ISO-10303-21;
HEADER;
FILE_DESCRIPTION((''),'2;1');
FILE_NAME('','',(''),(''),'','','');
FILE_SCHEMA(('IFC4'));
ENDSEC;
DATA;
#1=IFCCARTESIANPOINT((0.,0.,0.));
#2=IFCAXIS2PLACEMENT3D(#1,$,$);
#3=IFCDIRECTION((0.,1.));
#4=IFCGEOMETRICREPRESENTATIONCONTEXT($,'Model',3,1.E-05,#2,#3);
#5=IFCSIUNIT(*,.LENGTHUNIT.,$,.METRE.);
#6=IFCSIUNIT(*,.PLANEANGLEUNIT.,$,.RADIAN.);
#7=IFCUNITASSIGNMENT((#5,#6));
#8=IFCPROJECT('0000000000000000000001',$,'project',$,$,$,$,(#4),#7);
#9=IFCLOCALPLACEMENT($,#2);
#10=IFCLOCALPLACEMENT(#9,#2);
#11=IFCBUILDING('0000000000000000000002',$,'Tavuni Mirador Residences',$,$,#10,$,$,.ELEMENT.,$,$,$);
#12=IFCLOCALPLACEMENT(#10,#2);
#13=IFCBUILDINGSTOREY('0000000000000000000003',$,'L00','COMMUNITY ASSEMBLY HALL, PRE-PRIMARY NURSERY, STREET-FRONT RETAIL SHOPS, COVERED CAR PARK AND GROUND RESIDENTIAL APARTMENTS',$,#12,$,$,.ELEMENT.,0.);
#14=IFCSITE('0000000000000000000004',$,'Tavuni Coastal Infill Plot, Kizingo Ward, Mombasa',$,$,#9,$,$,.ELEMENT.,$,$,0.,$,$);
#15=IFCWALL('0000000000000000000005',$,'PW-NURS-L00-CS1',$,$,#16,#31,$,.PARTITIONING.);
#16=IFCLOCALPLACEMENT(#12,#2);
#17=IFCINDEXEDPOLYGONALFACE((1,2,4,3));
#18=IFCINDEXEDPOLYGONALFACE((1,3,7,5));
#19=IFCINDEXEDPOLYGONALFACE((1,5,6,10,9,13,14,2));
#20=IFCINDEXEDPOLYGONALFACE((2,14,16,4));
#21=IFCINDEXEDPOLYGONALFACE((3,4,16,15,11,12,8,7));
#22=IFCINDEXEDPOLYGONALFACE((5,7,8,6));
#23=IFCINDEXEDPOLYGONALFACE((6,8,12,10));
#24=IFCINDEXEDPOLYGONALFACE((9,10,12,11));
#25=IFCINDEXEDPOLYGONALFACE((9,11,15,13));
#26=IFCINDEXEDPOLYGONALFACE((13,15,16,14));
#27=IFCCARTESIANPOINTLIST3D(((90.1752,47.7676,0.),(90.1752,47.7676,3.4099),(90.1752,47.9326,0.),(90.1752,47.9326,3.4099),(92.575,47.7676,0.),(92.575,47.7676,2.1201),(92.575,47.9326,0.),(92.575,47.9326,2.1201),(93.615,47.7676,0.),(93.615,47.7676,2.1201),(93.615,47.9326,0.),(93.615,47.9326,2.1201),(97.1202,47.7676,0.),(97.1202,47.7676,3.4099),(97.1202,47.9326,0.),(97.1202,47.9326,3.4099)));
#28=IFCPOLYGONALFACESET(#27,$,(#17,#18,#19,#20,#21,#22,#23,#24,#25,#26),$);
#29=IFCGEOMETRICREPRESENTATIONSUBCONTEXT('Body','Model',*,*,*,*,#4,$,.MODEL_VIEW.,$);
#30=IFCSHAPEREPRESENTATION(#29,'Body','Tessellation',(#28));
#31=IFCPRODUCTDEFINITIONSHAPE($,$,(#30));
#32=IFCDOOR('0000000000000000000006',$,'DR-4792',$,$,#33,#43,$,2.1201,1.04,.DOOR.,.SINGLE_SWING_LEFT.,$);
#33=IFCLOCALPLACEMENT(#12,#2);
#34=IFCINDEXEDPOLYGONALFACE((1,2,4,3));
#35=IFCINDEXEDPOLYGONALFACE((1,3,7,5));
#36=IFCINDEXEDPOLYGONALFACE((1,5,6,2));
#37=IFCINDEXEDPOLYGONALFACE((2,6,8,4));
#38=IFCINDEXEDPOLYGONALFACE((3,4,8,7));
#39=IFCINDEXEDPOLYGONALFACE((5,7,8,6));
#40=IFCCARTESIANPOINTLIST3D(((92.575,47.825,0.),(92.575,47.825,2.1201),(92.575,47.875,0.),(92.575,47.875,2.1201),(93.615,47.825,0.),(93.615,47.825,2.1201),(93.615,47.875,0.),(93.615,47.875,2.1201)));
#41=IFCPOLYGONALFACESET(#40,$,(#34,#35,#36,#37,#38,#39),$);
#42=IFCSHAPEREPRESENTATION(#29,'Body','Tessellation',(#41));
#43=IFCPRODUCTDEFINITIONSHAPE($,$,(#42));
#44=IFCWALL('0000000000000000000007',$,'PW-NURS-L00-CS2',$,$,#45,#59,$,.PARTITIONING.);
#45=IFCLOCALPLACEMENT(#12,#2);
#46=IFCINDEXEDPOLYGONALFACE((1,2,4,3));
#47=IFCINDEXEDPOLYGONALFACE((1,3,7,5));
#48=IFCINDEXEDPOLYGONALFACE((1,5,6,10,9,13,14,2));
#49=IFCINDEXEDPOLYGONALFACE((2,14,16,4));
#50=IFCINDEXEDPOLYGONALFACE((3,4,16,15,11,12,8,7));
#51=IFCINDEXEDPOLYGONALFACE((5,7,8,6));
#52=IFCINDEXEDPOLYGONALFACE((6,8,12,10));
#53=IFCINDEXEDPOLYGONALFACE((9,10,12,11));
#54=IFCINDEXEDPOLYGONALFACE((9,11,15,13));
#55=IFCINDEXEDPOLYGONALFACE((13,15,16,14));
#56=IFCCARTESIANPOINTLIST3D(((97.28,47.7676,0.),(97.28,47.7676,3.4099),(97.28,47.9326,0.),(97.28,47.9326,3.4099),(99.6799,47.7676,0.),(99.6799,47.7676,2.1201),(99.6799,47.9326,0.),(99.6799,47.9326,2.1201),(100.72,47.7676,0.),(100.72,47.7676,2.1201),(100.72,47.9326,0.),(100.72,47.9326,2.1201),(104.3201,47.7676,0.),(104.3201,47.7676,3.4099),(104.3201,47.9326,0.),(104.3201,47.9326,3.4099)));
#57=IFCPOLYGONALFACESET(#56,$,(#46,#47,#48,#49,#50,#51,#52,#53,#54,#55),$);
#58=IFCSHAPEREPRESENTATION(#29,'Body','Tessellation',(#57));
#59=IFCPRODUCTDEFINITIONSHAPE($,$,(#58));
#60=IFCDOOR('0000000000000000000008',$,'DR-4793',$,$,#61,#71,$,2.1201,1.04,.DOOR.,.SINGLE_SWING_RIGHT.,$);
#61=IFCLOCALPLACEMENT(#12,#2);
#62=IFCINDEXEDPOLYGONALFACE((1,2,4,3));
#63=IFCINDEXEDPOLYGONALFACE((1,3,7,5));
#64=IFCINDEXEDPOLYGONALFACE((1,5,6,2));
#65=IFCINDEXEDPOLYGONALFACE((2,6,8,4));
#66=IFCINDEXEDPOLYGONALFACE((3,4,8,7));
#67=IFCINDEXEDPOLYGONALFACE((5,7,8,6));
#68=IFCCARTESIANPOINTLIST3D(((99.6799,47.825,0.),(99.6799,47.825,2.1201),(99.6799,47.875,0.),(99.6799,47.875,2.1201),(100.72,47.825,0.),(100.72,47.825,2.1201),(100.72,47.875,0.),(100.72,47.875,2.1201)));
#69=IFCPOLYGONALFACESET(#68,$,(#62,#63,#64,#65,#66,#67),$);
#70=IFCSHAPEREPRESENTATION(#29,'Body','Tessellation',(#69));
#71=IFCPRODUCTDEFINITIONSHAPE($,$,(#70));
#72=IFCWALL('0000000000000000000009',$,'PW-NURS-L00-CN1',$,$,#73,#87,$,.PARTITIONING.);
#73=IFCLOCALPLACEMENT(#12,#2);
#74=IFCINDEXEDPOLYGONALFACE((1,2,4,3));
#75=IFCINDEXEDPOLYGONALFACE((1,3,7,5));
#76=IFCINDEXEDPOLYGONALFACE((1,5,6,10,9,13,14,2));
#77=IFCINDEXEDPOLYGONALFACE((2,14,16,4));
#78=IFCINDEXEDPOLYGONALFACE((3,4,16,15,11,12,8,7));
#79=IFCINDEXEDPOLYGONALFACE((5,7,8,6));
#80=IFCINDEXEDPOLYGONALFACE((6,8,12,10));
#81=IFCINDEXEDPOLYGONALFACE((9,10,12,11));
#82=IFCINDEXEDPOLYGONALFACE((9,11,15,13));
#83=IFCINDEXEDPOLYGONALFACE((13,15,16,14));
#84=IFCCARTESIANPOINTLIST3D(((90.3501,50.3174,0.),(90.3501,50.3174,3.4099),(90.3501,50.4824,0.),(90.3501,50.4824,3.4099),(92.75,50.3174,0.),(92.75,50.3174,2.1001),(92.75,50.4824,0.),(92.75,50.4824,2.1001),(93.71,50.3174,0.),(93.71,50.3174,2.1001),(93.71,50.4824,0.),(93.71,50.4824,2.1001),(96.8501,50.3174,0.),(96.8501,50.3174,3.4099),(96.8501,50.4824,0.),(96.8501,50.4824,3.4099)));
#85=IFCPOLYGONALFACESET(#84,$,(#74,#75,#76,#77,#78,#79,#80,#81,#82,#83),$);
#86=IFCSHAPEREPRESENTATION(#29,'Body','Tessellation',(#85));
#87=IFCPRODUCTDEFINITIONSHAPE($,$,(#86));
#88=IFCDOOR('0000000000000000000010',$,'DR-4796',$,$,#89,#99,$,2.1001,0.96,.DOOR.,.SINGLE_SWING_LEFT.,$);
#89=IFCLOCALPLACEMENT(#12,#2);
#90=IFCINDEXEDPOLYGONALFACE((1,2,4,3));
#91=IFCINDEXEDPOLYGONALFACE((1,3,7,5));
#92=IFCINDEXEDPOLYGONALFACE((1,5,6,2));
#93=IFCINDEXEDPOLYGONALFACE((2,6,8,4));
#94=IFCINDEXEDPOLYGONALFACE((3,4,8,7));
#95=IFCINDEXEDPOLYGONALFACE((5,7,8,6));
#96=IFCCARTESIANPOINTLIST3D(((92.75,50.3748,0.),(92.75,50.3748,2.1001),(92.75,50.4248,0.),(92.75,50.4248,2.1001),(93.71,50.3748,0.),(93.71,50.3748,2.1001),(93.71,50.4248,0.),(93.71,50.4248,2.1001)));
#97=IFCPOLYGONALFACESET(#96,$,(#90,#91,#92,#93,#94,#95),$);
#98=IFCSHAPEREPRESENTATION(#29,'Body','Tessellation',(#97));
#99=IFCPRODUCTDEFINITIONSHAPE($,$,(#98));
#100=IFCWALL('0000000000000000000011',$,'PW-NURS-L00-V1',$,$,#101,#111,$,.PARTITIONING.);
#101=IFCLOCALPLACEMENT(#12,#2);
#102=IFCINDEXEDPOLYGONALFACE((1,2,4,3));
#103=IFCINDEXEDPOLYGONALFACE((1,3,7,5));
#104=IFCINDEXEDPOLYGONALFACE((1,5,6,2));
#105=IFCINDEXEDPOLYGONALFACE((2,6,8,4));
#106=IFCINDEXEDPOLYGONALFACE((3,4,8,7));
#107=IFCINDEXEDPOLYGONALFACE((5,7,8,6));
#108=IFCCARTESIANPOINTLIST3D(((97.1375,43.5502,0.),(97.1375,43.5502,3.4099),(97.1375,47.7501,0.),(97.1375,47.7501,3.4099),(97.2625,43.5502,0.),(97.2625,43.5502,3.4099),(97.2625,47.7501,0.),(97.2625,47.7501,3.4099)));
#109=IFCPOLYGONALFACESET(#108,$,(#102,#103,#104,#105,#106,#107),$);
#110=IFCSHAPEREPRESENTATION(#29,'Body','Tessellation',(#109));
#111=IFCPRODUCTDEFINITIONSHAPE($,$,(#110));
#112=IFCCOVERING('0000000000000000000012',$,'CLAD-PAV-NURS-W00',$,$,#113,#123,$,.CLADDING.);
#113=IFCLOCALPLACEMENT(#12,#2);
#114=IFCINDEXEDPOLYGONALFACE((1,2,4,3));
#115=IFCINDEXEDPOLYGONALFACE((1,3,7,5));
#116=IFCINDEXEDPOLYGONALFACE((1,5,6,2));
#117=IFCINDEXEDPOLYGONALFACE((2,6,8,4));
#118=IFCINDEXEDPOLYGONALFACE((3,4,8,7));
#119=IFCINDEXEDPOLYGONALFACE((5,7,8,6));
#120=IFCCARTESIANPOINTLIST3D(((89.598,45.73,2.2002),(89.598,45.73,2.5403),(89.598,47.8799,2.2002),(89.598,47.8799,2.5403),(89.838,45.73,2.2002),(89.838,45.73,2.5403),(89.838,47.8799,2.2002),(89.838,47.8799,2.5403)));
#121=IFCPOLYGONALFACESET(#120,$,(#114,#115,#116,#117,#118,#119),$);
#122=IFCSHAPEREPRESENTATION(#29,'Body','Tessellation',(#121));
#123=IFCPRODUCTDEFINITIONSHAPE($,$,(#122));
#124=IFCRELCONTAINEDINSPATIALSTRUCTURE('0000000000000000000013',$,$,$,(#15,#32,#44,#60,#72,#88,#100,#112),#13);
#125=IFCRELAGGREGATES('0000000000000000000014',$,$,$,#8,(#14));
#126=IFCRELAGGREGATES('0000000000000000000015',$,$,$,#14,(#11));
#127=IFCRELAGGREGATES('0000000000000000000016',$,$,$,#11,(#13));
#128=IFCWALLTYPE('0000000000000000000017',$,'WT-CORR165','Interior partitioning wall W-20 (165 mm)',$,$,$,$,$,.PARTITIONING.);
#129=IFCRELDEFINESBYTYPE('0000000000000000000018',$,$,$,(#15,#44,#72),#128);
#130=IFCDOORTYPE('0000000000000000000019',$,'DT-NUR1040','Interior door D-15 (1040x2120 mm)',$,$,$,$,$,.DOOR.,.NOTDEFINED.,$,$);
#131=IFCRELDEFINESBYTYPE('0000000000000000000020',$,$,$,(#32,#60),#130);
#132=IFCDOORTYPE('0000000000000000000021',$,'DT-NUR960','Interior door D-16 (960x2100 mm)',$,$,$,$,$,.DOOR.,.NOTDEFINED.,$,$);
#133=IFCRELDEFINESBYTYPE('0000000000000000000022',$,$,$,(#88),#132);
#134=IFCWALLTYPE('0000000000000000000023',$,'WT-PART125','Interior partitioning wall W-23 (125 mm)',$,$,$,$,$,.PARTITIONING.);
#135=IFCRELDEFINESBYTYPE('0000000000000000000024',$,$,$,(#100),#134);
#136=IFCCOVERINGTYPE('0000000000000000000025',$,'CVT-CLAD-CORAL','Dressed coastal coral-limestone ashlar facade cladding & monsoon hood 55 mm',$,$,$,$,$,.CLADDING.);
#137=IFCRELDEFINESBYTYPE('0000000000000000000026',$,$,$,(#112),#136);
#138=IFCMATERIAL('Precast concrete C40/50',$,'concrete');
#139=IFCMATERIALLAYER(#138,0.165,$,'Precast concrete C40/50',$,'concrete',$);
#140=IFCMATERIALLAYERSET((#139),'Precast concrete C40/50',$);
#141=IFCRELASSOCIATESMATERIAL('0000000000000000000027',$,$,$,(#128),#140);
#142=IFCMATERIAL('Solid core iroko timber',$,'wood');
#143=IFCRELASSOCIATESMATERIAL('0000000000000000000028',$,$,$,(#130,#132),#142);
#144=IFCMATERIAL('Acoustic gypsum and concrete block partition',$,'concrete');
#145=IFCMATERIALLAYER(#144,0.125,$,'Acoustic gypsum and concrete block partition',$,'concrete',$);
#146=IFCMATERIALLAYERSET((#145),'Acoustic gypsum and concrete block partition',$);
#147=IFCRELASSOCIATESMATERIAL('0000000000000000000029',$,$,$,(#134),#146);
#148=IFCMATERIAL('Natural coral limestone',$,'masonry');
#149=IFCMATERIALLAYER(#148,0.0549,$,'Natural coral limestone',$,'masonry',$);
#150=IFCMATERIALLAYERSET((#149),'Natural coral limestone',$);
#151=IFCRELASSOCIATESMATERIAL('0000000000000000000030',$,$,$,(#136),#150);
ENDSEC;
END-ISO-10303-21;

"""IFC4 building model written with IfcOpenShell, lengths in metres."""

from ifc_helpers import new_model, si_unit, direction, frame, frame_2d, origin, origin_2d, place, context, subcontext, project, spatial, rectangle, extrude, material, layer, layer_set, type_object, element, fill, save


model = new_model("IFC4")

# Units and contexts
model_context = context("Model", 3, precision=1e-05, world=origin(), true_north=direction((0.0, 1.0)))
body_context = subcontext(model_context, "Body", "Model", "MODEL_VIEW")
ifc_project = project(units=[si_unit("LENGTHUNIT", "METRE"), si_unit("PLANEANGLEUNIT", "RADIAN")], contexts=[model_context])

# Site, building, storey
site_placement = place(None, origin())
site = spatial("IfcSite", under=ifc_project, at=site_placement, Name="Tavuni Coastal Infill Plot, Kizingo Ward, Mombasa", CompositionType="ELEMENT", RefElevation=0.0)
building_placement = place(site_placement, origin())
building = spatial("IfcBuilding", under=site, at=building_placement, Name="Tavuni Mirador Residences", CompositionType="ELEMENT")
storey_placement = place(building_placement, origin())
storey = spatial("IfcBuildingStorey", under=building, at=storey_placement, Name="L00", Description="COMMUNITY ASSEMBLY HALL, PRE-PRIMARY NURSERY, STREET-FRONT RETAIL SHOPS, COVERED CAR PARK AND GROUND RESIDENTIAL APARTMENTS", CompositionType="ELEMENT", Elevation=0.0)

# Shared definitions
ifc_material_1 = material(Name="Precast concrete C40/50", Category="concrete")

# Walls, openings, doors
ifc_layer_1 = layer(ifc_material_1, 0.165, Name="Precast concrete C40/50", Category="concrete")
ifc_layer_set_1 = layer_set([ifc_layer_1], Name="Precast concrete C40/50")
wall_type_1 = type_object("IfcWallType", Name="WT-CORR165", Description="Interior partitioning wall W-20 (165 mm)", PredefinedType="PARTITIONING", material=ifc_layer_set_1)
wall_1_placement = place(storey_placement, frame((90.175, 47.8501, 0.0), z_axis=(0.0, 0.0, 1.0), x_axis=(1.0, 0.0, 0.0)))
wall_1 = element("IfcWall", 1, at=wall_1_placement, inside=storey, type_object=wall_type_1, Name="PW-NURS-L00-CS1", PredefinedType="PARTITIONING", context=body_context, shape_type="SweptSolid", body=[
    extrude(rectangle(XDim=6.9451, YDim=0.165, at=frame_2d((3.4727, 0.0))), origin(), (0.0, 0.0, 1.0), 3.4099),
])
opening_1_placement = place(wall_1_placement, frame((2.3999, 0.0, 0.0)))
opening_1 = element("IfcOpeningElement", 2, at=opening_1_placement, cuts=wall_1, PredefinedType="OPENING", context=body_context, shape_type="SweptSolid", body=[
    extrude(rectangle(XDim=1.04, YDim=2.1201, at=frame_2d((0.52, 1.0601))), frame((0.0, 0.0925, 0.0), z_axis=(0.0, -1.0, 0.0), x_axis=(1.0, 0.0, 0.0)), (0.0, 0.0, 1.0), 0.1851),
])
ifc_material_2 = material(Name="Solid core iroko timber", Category="wood")
door_type_1 = type_object("IfcDoorType", Name="DT-NUR1040", Description="Interior door D-15 (1040x2120 mm)", OperationType="NOTDEFINED", PredefinedType="DOOR", material=ifc_material_2)
door_1_placement = place(opening_1_placement, origin())
door_1 = element("IfcDoor", 3, at=door_1_placement, inside=storey, type_object=door_type_1, Name="DR-4792", OperationType="SINGLE_SWING_LEFT", OverallHeight=2.1201, OverallWidth=1.04, PredefinedType="DOOR", context=body_context, shape_type="SweptSolid", body=[
    extrude(rectangle(XDim=1.04, YDim=2.1201, at=frame_2d((0.52, 1.0601))), frame((0.0, 0.0249, 0.0), z_axis=(0.0, -1.0, 0.0), x_axis=(1.0, 0.0, 0.0)), (0.0, 0.0, 1.0), 0.05),
])
fill(opening_1, door_1)
wall_2_placement = place(storey_placement, frame((97.28, 47.8501, 0.0), z_axis=(0.0, 0.0, 1.0), x_axis=(1.0, 0.0, 0.0)))
wall_2 = element("IfcWall", 4, at=wall_2_placement, inside=storey, type_object=wall_type_1, Name="PW-NURS-L00-CS2", PredefinedType="PARTITIONING", context=body_context, shape_type="SweptSolid", body=[
    extrude(rectangle(XDim=7.04, YDim=0.165, at=frame_2d((3.52, 0.0))), origin(), (0.0, 0.0, 1.0), 3.4099),
])
opening_2_placement = place(wall_2_placement, frame((2.3999, 0.0, 0.0)))
opening_2 = element("IfcOpeningElement", 5, at=opening_2_placement, cuts=wall_2, PredefinedType="OPENING", context=body_context, shape_type="SweptSolid", body=[
    extrude(rectangle(XDim=1.04, YDim=2.1201, at=frame_2d((0.52, 1.0601))), frame((0.0, 0.0925, 0.0), z_axis=(0.0, -1.0, 0.0), x_axis=(1.0, 0.0, 0.0)), (0.0, 0.0, 1.0), 0.1851),
])
door_2_placement = place(opening_2_placement, origin())
door_2 = element("IfcDoor", 6, at=door_2_placement, inside=storey, type_object=door_type_1, Name="DR-4793", OperationType="SINGLE_SWING_RIGHT", OverallHeight=2.1201, OverallWidth=1.04, PredefinedType="DOOR", context=body_context, shape_type="SweptSolid", body=[
    extrude(rectangle(XDim=1.04, YDim=2.1201, at=frame_2d((0.52, 1.0601))), frame((0.0, 0.0249, 0.0), z_axis=(0.0, -1.0, 0.0), x_axis=(1.0, 0.0, 0.0)), (0.0, 0.0, 1.0), 0.05),
])
fill(opening_2, door_2)
wall_3_placement = place(storey_placement, frame((90.3501, 50.3999, 0.0), z_axis=(0.0, 0.0, 1.0), x_axis=(1.0, 0.0, 0.0)))
wall_3 = element("IfcWall", 7, at=wall_3_placement, inside=storey, type_object=wall_type_1, Name="PW-NURS-L00-CN1", PredefinedType="PARTITIONING", context=body_context, shape_type="SweptSolid", body=[
    extrude(rectangle(XDim=6.5, YDim=0.165, at=frame_2d((3.25, 0.0))), origin(), (0.0, 0.0, 1.0), 3.4099),
])
opening_3_placement = place(wall_3_placement, frame((2.3999, 0.0, 0.0)))
opening_3 = element("IfcOpeningElement", 8, at=opening_3_placement, cuts=wall_3, PredefinedType="OPENING", context=body_context, shape_type="SweptSolid", body=[
    extrude(rectangle(XDim=0.96, YDim=2.1001, at=frame_2d((0.48, 1.05))), frame((0.0, 0.0925, 0.0), z_axis=(0.0, -1.0, 0.0), x_axis=(1.0, 0.0, 0.0)), (0.0, 0.0, 1.0), 0.1851),
])
door_type_2 = type_object("IfcDoorType", Name="DT-NUR960", Description="Interior door D-16 (960x2100 mm)", OperationType="NOTDEFINED", PredefinedType="DOOR", material=ifc_material_2)
door_3_placement = place(opening_3_placement, origin())
door_3 = element("IfcDoor", 9, at=door_3_placement, inside=storey, type_object=door_type_2, Name="DR-4796", OperationType="SINGLE_SWING_LEFT", OverallHeight=2.1001, OverallWidth=0.96, PredefinedType="DOOR", context=body_context, shape_type="SweptSolid", body=[
    extrude(rectangle(XDim=0.96, YDim=2.1001, at=frame_2d((0.48, 1.05))), frame((0.0, 0.0249, 0.0), z_axis=(0.0, -1.0, 0.0), x_axis=(1.0, 0.0, 0.0)), (0.0, 0.0, 1.0), 0.05),
])
fill(opening_3, door_3)

# Wall
ifc_material_3 = material(Name="Acoustic gypsum and concrete block partition", Category="concrete")
ifc_layer_2 = layer(ifc_material_3, 0.125, Name="Acoustic gypsum and concrete block partition", Category="concrete")
ifc_layer_set_2 = layer_set([ifc_layer_2], Name="Acoustic gypsum and concrete block partition")
wall_type_2 = type_object("IfcWallType", Name="WT-PART125", Description="Interior partitioning wall W-23 (125 mm)", PredefinedType="PARTITIONING", material=ifc_layer_set_2)
wall_4_placement = place(storey_placement, frame((97.2, 43.55, 0.0), z_axis=(0.0, 0.0, 1.0), x_axis=(0.0, 1.0, 0.0)))
element("IfcWall", 10, at=wall_4_placement, inside=storey, type_object=wall_type_2, Name="PW-NURS-L00-V1", PredefinedType="PARTITIONING", context=body_context, shape_type="SweptSolid", body=[
    extrude(rectangle(XDim=4.2, YDim=0.125, at=frame_2d((2.1001, 0.0))), origin(), (0.0, 0.0, 1.0), 3.4099),
])

# Covering
ifc_material_4 = material(Name="Natural coral limestone", Category="masonry")
ifc_layer_3 = layer(ifc_material_4, 0.0549, Name="Natural coral limestone", Category="masonry")
ifc_layer_set_3 = layer_set([ifc_layer_3], Name="Natural coral limestone")
covering_type = type_object("IfcCoveringType", Name="CVT-CLAD-CORAL", Description="Dressed coastal coral-limestone ashlar facade cladding & monsoon hood 55 mm", PredefinedType="CLADDING", material=ifc_layer_set_3)
covering_placement = place(storey_placement, frame((89.718, 46.8049, 2.2002), z_axis=(0.0, 0.0, 1.0), x_axis=(0.0, -1.0, 0.0)))
element("IfcCovering", 11, at=covering_placement, inside=storey, type_object=covering_type, Name="CLAD-PAV-NURS-W00", PredefinedType="CLADDING", context=body_context, shape_type="SweptSolid", body=[
    extrude(rectangle(XDim=2.1499, YDim=0.24, at=origin_2d()), origin(), (0.0, 0.0, 1.0), 0.3401),
])

save(model, "model.ifc")
